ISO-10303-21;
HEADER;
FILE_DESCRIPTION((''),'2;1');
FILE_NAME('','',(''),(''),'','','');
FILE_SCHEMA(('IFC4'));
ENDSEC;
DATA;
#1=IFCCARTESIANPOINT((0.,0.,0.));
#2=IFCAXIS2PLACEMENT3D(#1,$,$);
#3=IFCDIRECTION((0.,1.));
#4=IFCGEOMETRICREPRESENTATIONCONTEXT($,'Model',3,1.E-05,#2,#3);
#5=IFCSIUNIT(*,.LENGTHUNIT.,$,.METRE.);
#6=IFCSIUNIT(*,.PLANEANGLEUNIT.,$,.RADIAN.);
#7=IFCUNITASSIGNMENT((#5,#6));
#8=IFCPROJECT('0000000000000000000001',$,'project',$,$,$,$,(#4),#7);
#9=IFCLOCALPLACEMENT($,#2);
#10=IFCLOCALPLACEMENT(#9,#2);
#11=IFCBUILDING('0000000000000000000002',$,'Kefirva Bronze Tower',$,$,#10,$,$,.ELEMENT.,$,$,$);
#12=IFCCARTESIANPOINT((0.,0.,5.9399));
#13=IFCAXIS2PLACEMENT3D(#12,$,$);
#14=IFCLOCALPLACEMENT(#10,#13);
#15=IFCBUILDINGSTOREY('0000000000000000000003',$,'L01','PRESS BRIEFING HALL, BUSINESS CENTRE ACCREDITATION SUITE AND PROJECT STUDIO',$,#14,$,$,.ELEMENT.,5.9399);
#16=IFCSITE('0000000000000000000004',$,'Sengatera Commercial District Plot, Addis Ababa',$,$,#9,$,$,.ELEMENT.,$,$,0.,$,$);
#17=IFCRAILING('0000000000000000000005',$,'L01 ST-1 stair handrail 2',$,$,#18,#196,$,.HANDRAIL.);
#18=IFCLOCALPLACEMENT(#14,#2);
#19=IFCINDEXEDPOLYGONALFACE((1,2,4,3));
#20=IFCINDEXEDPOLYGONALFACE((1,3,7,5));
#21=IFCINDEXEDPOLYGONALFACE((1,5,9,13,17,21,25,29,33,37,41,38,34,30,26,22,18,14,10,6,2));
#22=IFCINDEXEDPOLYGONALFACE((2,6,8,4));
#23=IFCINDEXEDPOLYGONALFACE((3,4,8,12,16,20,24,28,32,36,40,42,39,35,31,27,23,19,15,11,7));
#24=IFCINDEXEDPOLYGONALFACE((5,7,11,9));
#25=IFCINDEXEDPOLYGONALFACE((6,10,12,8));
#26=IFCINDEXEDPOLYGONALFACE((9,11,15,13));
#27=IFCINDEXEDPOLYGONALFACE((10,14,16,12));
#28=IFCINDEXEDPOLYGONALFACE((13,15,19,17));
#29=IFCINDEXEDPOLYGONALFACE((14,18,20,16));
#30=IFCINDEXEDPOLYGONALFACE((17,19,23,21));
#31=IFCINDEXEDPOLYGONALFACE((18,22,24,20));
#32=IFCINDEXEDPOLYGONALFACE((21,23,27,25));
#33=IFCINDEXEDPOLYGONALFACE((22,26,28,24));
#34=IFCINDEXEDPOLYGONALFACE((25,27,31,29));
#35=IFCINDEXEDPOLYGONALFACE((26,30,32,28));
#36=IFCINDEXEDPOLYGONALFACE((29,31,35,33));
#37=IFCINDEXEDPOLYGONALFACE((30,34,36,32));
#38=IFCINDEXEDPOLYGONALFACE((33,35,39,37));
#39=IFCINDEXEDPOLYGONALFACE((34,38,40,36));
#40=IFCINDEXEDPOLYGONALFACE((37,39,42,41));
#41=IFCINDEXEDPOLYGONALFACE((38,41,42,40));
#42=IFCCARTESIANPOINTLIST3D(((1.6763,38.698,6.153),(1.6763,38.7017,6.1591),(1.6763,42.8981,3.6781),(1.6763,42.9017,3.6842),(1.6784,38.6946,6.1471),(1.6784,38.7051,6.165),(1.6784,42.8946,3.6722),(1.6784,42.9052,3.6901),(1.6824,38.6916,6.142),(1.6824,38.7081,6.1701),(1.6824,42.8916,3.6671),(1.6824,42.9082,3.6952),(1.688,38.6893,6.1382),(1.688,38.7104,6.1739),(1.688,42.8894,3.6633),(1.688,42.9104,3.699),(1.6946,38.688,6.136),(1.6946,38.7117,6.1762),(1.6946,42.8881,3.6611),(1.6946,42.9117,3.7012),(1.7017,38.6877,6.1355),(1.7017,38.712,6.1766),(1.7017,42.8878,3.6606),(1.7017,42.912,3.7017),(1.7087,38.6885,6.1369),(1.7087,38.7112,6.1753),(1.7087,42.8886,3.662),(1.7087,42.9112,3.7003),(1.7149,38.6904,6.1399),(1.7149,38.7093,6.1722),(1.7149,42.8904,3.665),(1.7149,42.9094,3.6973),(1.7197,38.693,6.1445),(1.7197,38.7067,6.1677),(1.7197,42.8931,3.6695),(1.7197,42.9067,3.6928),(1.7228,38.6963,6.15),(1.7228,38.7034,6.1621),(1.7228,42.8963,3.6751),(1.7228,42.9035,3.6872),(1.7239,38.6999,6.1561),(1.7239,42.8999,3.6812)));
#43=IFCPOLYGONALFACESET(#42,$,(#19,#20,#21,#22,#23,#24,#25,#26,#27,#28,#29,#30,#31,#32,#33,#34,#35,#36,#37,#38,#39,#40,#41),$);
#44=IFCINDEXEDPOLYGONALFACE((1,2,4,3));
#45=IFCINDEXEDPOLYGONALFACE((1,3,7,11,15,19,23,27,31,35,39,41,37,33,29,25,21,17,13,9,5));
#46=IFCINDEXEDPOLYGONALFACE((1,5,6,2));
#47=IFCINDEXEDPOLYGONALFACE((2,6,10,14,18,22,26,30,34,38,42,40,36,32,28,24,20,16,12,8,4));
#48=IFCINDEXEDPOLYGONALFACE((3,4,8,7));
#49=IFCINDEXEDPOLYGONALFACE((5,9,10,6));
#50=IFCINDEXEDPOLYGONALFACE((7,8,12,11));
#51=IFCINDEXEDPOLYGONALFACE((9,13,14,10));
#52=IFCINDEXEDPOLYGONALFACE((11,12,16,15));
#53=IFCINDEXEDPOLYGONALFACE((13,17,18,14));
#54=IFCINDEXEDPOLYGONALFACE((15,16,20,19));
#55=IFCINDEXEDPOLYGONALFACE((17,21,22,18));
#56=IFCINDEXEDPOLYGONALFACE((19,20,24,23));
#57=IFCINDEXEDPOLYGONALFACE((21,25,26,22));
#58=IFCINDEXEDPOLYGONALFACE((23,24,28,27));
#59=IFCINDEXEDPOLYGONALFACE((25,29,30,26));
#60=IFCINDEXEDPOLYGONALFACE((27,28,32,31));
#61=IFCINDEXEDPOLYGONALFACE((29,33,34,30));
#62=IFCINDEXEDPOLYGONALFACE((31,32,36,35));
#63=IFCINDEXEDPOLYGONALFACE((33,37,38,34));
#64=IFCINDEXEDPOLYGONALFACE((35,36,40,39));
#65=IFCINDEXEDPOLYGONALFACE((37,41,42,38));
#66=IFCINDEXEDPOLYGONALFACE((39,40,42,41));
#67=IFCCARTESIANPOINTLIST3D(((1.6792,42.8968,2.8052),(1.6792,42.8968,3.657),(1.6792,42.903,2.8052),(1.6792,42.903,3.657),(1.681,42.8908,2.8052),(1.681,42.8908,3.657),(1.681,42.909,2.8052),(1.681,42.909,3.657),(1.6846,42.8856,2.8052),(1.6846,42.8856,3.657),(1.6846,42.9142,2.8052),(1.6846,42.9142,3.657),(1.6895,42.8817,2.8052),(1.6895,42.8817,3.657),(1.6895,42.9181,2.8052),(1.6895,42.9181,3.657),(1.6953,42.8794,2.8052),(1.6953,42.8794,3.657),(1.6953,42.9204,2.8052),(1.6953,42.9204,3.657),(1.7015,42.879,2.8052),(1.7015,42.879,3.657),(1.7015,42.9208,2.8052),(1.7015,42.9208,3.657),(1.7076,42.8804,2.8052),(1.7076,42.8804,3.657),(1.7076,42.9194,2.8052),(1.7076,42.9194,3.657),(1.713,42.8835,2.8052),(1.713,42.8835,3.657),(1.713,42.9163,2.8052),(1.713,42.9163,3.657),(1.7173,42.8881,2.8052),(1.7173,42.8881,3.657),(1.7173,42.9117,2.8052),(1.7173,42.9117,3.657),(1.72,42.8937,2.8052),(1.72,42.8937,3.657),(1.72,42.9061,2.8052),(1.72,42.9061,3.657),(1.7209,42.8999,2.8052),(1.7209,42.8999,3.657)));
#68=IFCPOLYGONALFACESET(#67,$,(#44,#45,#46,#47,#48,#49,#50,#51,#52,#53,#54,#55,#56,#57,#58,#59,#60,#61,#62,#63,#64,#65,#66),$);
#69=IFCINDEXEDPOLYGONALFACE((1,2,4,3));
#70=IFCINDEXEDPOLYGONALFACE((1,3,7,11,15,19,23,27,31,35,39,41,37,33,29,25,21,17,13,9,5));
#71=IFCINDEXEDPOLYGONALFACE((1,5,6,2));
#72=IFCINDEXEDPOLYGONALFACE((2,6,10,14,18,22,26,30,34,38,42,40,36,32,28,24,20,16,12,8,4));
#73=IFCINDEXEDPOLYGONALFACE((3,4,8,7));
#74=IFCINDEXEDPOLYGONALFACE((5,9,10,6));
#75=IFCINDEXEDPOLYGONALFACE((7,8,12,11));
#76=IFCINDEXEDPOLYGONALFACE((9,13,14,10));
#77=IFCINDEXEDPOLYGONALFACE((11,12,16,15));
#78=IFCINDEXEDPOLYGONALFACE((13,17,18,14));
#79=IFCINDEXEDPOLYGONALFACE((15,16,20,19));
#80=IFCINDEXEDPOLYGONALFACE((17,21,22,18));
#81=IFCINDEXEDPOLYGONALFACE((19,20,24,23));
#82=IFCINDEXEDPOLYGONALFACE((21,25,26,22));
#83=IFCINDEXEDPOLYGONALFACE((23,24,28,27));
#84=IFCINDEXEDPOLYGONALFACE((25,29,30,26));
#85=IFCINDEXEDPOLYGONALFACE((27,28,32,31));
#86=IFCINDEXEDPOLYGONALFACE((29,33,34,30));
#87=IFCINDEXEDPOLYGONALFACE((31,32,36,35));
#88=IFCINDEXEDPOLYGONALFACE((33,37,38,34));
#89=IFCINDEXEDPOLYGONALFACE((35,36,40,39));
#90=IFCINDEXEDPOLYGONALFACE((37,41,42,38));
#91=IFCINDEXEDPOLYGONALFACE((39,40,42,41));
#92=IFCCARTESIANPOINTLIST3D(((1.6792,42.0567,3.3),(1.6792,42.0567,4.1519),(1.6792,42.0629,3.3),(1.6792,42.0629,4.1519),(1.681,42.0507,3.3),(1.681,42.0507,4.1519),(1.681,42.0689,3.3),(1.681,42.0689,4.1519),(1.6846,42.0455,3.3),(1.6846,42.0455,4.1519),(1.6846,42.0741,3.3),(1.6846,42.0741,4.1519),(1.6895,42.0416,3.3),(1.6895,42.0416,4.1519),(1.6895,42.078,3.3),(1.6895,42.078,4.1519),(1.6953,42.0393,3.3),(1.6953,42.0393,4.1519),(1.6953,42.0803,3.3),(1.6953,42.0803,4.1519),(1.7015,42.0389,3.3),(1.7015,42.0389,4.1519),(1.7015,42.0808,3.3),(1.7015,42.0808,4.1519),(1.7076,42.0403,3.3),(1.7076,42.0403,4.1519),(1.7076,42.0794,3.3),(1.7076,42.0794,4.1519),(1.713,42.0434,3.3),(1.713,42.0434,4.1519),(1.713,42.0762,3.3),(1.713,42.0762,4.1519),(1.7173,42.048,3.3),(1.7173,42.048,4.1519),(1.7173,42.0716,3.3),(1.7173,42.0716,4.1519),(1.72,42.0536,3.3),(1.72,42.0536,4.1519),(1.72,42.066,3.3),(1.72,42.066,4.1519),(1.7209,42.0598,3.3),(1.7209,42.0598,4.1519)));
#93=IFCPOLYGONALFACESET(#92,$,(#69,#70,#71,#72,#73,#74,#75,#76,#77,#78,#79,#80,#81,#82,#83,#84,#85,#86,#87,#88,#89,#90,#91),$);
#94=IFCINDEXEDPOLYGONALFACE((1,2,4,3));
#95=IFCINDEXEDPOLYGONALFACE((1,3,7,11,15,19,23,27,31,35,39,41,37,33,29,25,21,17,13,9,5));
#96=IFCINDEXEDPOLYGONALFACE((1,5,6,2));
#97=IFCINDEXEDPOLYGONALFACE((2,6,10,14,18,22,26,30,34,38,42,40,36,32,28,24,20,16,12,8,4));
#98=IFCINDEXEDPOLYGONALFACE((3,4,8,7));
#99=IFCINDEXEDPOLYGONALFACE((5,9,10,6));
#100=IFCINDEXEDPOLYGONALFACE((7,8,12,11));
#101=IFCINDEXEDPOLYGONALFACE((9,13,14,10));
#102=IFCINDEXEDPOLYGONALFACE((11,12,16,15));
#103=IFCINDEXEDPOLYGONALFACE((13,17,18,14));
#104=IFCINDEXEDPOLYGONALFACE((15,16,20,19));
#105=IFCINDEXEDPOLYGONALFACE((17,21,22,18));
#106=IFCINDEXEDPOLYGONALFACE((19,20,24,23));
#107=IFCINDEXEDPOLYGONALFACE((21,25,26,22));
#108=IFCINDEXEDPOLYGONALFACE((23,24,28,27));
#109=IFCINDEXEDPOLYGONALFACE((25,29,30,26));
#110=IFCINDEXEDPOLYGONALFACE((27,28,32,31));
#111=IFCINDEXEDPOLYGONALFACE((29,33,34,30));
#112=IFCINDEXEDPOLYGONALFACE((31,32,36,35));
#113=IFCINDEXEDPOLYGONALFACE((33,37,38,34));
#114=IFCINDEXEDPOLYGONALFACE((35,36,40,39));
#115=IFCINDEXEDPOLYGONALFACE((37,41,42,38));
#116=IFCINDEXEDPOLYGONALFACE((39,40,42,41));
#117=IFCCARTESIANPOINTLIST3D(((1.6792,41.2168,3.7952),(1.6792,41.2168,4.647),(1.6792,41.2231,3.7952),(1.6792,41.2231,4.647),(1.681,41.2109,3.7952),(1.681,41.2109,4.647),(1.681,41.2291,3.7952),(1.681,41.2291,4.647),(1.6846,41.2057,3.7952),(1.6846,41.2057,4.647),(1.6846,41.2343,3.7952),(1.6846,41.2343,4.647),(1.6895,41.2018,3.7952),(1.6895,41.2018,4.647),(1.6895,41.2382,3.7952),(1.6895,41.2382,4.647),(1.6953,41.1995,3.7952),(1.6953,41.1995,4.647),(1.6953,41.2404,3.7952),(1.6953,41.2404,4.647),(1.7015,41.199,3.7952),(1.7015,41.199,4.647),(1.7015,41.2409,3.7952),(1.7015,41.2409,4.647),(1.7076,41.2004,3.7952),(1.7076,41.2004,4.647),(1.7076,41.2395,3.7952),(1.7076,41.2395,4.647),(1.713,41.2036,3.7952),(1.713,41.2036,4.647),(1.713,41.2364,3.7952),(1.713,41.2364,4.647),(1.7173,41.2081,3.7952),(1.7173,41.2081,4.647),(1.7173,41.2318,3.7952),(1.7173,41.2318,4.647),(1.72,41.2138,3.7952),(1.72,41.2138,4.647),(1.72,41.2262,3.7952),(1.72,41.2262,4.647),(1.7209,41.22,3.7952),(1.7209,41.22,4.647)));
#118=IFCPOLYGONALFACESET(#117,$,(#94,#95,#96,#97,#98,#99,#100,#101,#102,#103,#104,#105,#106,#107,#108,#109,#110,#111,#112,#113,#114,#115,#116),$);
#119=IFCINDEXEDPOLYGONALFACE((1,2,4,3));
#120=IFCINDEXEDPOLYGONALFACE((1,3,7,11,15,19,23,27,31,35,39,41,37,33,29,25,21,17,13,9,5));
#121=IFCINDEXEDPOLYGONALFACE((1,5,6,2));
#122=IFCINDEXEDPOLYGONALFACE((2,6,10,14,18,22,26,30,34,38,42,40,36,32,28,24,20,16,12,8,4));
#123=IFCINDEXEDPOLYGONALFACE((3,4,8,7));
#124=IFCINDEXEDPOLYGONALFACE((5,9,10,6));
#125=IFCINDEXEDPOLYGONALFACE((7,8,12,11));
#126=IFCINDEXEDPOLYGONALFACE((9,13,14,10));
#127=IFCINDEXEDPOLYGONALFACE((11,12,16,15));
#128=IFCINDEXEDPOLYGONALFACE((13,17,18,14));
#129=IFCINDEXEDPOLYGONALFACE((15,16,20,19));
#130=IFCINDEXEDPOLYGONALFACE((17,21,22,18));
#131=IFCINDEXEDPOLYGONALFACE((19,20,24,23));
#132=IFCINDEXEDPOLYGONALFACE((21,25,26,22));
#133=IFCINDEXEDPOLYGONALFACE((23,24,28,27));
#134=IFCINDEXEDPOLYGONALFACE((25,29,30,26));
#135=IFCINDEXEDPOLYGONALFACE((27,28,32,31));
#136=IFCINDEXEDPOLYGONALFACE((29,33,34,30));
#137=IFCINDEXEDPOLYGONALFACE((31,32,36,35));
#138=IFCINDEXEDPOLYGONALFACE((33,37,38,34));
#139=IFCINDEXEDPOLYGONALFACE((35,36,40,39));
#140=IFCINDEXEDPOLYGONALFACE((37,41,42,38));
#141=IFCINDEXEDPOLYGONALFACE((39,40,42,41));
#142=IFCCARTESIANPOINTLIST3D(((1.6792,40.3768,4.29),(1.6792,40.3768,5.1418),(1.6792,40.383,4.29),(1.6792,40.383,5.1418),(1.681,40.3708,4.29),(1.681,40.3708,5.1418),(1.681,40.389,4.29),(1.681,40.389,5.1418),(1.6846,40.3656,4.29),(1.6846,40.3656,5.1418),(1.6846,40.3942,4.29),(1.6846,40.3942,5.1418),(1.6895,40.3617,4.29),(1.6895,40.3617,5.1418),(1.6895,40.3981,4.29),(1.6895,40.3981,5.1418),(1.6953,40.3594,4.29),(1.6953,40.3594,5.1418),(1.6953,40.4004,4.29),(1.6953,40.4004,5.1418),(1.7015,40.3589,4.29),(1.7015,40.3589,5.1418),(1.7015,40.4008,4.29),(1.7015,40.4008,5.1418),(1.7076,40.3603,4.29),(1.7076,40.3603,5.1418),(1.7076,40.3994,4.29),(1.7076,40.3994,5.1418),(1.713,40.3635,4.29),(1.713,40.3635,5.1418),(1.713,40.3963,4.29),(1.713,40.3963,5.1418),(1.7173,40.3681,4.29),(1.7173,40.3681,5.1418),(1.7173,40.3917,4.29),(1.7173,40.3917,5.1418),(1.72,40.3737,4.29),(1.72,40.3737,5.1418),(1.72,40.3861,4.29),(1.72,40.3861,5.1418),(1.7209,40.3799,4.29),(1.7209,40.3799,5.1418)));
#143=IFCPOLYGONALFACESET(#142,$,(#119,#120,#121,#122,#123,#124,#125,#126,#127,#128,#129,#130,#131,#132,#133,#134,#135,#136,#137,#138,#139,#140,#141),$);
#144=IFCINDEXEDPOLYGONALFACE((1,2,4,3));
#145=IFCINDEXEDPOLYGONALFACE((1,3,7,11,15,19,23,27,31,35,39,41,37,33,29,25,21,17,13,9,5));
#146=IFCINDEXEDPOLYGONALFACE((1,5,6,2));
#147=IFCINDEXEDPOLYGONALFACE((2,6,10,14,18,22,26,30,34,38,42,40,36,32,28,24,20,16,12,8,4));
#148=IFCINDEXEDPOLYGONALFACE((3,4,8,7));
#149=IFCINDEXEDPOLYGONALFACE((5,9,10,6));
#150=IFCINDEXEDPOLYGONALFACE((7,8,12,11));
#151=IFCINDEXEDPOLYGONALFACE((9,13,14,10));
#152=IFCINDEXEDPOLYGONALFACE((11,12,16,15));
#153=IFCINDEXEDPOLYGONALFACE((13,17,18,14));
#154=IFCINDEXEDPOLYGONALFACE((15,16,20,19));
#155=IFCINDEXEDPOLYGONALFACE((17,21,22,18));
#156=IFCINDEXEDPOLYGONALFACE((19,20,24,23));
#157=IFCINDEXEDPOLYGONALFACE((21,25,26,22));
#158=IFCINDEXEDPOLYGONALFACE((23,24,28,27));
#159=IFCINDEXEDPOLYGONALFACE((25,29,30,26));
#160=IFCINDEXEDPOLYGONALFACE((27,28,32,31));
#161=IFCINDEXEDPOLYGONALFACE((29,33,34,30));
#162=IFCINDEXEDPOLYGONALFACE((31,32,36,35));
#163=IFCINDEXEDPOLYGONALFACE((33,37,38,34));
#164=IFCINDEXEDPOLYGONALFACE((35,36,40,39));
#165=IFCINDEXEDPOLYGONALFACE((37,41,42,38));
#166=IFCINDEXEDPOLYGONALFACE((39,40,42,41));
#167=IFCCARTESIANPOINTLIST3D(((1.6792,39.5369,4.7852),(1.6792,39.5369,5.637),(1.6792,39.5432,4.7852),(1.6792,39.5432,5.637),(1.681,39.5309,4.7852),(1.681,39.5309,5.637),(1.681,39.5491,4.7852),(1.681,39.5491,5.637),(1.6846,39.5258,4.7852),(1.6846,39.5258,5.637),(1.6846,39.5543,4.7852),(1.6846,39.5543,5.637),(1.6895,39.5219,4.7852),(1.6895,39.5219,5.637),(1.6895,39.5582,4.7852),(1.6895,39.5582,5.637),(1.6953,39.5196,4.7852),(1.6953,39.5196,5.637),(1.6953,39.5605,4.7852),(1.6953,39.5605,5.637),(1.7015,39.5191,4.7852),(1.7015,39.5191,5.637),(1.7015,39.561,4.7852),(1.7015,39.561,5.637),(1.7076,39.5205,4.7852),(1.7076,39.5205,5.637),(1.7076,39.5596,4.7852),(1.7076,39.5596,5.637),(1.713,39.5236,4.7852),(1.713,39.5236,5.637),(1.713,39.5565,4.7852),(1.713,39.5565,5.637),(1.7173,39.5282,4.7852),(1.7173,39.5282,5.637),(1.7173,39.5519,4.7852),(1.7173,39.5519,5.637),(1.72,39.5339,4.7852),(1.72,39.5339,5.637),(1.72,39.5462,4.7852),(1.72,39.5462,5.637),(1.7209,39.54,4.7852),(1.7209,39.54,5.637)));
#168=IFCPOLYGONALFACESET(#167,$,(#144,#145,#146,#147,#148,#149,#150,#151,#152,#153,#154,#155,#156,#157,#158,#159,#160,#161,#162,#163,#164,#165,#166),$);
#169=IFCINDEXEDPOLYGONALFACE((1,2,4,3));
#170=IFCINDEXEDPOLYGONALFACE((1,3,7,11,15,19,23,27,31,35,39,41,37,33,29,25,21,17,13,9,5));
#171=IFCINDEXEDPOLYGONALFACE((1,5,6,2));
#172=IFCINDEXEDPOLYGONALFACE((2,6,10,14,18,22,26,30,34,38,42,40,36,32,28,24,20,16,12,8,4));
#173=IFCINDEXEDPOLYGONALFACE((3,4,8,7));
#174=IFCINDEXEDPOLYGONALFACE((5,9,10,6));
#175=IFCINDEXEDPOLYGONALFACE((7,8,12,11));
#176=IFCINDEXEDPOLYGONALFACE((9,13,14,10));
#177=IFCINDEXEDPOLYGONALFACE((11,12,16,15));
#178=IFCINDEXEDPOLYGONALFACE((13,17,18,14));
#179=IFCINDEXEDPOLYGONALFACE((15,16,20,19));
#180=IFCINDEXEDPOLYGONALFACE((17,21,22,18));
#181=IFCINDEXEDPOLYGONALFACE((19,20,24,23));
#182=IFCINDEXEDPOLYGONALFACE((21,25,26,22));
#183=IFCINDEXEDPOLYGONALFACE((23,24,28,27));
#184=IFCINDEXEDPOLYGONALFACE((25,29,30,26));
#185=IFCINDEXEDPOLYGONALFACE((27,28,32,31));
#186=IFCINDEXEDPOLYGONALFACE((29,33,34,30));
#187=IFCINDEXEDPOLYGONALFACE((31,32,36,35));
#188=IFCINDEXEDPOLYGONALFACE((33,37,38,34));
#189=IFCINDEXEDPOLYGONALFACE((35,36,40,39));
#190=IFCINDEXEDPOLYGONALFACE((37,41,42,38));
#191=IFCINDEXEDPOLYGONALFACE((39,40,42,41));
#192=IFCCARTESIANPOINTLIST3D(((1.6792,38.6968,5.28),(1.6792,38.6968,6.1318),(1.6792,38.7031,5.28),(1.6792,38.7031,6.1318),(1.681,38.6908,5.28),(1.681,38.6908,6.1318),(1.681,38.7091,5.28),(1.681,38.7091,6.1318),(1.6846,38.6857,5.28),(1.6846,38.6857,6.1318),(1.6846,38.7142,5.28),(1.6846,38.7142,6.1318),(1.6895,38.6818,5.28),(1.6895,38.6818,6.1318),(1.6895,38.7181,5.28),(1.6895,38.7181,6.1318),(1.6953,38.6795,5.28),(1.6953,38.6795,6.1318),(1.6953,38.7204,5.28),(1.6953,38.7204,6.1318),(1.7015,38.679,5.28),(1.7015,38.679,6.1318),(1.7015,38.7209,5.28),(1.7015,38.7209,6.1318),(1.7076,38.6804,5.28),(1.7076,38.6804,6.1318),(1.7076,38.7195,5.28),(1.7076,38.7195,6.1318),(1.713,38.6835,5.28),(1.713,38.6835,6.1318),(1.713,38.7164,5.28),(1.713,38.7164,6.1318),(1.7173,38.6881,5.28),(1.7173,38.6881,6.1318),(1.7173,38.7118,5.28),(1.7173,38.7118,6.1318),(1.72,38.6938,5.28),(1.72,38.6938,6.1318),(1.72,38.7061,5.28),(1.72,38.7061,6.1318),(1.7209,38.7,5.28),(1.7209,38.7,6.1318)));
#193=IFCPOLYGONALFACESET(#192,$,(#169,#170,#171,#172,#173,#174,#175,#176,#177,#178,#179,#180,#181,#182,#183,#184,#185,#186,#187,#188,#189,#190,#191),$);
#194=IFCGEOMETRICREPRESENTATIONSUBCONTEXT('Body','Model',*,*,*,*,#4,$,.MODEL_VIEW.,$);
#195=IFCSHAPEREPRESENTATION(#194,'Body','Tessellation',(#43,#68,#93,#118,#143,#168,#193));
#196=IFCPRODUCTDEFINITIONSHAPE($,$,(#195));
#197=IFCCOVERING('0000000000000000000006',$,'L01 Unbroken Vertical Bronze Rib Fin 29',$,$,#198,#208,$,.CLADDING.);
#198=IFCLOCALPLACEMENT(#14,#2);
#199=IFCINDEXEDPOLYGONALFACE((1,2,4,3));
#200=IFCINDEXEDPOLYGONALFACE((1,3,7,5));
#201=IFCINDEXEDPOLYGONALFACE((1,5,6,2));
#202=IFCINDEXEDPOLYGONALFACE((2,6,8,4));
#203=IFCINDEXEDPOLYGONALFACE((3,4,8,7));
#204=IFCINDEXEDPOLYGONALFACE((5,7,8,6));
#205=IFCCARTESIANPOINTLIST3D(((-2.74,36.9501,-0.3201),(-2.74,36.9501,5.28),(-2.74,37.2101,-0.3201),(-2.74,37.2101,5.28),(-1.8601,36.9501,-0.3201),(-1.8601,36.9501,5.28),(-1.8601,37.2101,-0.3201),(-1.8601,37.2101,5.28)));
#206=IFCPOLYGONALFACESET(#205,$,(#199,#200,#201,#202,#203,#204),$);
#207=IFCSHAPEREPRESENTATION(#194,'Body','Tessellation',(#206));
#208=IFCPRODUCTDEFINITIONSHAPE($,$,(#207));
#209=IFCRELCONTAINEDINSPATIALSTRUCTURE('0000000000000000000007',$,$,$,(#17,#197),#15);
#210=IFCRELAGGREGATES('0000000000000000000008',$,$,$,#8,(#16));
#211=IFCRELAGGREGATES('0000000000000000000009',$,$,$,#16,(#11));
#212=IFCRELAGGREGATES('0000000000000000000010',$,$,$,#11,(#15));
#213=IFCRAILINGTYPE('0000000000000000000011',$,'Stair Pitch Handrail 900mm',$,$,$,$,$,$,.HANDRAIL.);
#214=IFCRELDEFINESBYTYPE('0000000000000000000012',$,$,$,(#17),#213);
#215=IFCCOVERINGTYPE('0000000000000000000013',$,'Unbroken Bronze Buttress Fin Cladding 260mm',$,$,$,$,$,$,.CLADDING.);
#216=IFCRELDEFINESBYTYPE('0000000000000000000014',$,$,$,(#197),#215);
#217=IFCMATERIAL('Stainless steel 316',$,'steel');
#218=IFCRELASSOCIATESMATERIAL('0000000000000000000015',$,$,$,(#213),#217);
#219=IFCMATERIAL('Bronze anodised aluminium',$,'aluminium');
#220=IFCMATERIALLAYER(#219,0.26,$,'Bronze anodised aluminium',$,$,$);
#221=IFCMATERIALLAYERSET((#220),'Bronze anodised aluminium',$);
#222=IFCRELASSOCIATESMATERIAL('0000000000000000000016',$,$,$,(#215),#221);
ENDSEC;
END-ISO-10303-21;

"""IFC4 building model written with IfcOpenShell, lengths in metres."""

from ifc_helpers import new_model, si_unit, direction, frame, origin, origin_2d, place, context, subcontext, project, spatial, rectangle, circle, extrude, material, layer, layer_set, type_object, element, save


model = new_model("IFC4")

# Units and contexts
model_context = context("Model", 3, precision=1e-05, world=origin(), true_north=direction((0.0, 1.0)))
body_context = subcontext(model_context, "Body", "Model", "MODEL_VIEW")
ifc_project = project(units=[si_unit("LENGTHUNIT", "METRE"), si_unit("PLANEANGLEUNIT", "RADIAN")], contexts=[model_context])

# Site, building, storey
site_placement = place(None, origin())
site = spatial("IfcSite", under=ifc_project, at=site_placement, Name="Sengatera Commercial District Plot, Addis Ababa", CompositionType="ELEMENT", RefElevation=0.0)
building_placement = place(site_placement, origin())
building = spatial("IfcBuilding", under=site, at=building_placement, Name="Kefirva Bronze Tower", CompositionType="ELEMENT")
storey_placement = place(building_placement, frame((0.0, 0.0, 5.9399)))
storey = spatial("IfcBuildingStorey", under=building, at=storey_placement, Name="L01", Description="PRESS BRIEFING HALL, BUSINESS CENTRE ACCREDITATION SUITE AND PROJECT STUDIO", CompositionType="ELEMENT", Elevation=5.9399)

# Shared definitions
ifc_material_1 = material(Name="Bronze anodised aluminium", Category="aluminium")

# Shared definitions
ifc_material_2 = material(Name="Stainless steel 316", Category="steel")

# Railing
railing_type_1 = type_object("IfcRailingType", Name="Stair Pitch Handrail 900mm", PredefinedType="HANDRAIL", material=ifc_material_2)
railing_1_placement = place(storey_placement, frame((1.7, 42.8999, 2.8052)))
element("IfcRailing", 1, at=railing_1_placement, inside=storey, type_object=railing_type_1, Name="L01 ST-1 stair handrail 2", PredefinedType="HANDRAIL", context=body_context, shape_type="SweptSolid", body=[
    extrude(circle(Radius=0.0239, at=origin_2d()), frame((0.0, 0.0, 0.876), z_axis=(0.0, -0.861549, 0.507674), x_axis=(1.0, 0.0, 0.0)), (0.0, 0.0, 1.0), 4.875),
    extrude(circle(Radius=0.021, at=origin_2d()), origin(), (0.0, 0.0, 1.0), 0.8518),
    extrude(circle(Radius=0.021, at=origin_2d()), frame((0.0, -0.8401, 0.4949)), (0.0, 0.0, 1.0), 0.8518),
    extrude(circle(Radius=0.021, at=origin_2d()), frame((0.0, -1.6799, 0.99)), (0.0, 0.0, 1.0), 0.8518),
    extrude(circle(Radius=0.021, at=origin_2d()), frame((0.0, -2.52, 1.4849)), (0.0, 0.0, 1.0), 0.8518),
    extrude(circle(Radius=0.021, at=origin_2d()), frame((0.0, -3.3599, 1.98)), (0.0, 0.0, 1.0), 0.8518),
    extrude(circle(Radius=0.021, at=origin_2d()), frame((0.0, -4.2, 2.4749)), (0.0, 0.0, 1.0), 0.8518),
])

# Covering
ifc_layer_1 = layer(ifc_material_1, 0.26, Name="Bronze anodised aluminium")
ifc_layer_set_1 = layer_set([ifc_layer_1], Name="Bronze anodised aluminium")
covering_type = type_object("IfcCoveringType", Name="Unbroken Bronze Buttress Fin Cladding 260mm", PredefinedType="CLADDING", material=ifc_layer_set_1)
covering_placement = place(storey_placement, frame((-2.3, 37.0801, -0.3201), z_axis=(0.0, 0.0, 1.0), x_axis=(0.0, -1.0, 0.0)))
element("IfcCovering", 2, at=covering_placement, inside=storey, type_object=covering_type, Name="L01 Unbroken Vertical Bronze Rib Fin 29", PredefinedType="CLADDING", context=body_context, shape_type="SweptSolid", body=[
    extrude(rectangle(XDim=0.26, YDim=0.8799, at=origin_2d()), origin(), (0.0, 0.0, 1.0), 5.6001),
])

save(model, "model.ifc")
